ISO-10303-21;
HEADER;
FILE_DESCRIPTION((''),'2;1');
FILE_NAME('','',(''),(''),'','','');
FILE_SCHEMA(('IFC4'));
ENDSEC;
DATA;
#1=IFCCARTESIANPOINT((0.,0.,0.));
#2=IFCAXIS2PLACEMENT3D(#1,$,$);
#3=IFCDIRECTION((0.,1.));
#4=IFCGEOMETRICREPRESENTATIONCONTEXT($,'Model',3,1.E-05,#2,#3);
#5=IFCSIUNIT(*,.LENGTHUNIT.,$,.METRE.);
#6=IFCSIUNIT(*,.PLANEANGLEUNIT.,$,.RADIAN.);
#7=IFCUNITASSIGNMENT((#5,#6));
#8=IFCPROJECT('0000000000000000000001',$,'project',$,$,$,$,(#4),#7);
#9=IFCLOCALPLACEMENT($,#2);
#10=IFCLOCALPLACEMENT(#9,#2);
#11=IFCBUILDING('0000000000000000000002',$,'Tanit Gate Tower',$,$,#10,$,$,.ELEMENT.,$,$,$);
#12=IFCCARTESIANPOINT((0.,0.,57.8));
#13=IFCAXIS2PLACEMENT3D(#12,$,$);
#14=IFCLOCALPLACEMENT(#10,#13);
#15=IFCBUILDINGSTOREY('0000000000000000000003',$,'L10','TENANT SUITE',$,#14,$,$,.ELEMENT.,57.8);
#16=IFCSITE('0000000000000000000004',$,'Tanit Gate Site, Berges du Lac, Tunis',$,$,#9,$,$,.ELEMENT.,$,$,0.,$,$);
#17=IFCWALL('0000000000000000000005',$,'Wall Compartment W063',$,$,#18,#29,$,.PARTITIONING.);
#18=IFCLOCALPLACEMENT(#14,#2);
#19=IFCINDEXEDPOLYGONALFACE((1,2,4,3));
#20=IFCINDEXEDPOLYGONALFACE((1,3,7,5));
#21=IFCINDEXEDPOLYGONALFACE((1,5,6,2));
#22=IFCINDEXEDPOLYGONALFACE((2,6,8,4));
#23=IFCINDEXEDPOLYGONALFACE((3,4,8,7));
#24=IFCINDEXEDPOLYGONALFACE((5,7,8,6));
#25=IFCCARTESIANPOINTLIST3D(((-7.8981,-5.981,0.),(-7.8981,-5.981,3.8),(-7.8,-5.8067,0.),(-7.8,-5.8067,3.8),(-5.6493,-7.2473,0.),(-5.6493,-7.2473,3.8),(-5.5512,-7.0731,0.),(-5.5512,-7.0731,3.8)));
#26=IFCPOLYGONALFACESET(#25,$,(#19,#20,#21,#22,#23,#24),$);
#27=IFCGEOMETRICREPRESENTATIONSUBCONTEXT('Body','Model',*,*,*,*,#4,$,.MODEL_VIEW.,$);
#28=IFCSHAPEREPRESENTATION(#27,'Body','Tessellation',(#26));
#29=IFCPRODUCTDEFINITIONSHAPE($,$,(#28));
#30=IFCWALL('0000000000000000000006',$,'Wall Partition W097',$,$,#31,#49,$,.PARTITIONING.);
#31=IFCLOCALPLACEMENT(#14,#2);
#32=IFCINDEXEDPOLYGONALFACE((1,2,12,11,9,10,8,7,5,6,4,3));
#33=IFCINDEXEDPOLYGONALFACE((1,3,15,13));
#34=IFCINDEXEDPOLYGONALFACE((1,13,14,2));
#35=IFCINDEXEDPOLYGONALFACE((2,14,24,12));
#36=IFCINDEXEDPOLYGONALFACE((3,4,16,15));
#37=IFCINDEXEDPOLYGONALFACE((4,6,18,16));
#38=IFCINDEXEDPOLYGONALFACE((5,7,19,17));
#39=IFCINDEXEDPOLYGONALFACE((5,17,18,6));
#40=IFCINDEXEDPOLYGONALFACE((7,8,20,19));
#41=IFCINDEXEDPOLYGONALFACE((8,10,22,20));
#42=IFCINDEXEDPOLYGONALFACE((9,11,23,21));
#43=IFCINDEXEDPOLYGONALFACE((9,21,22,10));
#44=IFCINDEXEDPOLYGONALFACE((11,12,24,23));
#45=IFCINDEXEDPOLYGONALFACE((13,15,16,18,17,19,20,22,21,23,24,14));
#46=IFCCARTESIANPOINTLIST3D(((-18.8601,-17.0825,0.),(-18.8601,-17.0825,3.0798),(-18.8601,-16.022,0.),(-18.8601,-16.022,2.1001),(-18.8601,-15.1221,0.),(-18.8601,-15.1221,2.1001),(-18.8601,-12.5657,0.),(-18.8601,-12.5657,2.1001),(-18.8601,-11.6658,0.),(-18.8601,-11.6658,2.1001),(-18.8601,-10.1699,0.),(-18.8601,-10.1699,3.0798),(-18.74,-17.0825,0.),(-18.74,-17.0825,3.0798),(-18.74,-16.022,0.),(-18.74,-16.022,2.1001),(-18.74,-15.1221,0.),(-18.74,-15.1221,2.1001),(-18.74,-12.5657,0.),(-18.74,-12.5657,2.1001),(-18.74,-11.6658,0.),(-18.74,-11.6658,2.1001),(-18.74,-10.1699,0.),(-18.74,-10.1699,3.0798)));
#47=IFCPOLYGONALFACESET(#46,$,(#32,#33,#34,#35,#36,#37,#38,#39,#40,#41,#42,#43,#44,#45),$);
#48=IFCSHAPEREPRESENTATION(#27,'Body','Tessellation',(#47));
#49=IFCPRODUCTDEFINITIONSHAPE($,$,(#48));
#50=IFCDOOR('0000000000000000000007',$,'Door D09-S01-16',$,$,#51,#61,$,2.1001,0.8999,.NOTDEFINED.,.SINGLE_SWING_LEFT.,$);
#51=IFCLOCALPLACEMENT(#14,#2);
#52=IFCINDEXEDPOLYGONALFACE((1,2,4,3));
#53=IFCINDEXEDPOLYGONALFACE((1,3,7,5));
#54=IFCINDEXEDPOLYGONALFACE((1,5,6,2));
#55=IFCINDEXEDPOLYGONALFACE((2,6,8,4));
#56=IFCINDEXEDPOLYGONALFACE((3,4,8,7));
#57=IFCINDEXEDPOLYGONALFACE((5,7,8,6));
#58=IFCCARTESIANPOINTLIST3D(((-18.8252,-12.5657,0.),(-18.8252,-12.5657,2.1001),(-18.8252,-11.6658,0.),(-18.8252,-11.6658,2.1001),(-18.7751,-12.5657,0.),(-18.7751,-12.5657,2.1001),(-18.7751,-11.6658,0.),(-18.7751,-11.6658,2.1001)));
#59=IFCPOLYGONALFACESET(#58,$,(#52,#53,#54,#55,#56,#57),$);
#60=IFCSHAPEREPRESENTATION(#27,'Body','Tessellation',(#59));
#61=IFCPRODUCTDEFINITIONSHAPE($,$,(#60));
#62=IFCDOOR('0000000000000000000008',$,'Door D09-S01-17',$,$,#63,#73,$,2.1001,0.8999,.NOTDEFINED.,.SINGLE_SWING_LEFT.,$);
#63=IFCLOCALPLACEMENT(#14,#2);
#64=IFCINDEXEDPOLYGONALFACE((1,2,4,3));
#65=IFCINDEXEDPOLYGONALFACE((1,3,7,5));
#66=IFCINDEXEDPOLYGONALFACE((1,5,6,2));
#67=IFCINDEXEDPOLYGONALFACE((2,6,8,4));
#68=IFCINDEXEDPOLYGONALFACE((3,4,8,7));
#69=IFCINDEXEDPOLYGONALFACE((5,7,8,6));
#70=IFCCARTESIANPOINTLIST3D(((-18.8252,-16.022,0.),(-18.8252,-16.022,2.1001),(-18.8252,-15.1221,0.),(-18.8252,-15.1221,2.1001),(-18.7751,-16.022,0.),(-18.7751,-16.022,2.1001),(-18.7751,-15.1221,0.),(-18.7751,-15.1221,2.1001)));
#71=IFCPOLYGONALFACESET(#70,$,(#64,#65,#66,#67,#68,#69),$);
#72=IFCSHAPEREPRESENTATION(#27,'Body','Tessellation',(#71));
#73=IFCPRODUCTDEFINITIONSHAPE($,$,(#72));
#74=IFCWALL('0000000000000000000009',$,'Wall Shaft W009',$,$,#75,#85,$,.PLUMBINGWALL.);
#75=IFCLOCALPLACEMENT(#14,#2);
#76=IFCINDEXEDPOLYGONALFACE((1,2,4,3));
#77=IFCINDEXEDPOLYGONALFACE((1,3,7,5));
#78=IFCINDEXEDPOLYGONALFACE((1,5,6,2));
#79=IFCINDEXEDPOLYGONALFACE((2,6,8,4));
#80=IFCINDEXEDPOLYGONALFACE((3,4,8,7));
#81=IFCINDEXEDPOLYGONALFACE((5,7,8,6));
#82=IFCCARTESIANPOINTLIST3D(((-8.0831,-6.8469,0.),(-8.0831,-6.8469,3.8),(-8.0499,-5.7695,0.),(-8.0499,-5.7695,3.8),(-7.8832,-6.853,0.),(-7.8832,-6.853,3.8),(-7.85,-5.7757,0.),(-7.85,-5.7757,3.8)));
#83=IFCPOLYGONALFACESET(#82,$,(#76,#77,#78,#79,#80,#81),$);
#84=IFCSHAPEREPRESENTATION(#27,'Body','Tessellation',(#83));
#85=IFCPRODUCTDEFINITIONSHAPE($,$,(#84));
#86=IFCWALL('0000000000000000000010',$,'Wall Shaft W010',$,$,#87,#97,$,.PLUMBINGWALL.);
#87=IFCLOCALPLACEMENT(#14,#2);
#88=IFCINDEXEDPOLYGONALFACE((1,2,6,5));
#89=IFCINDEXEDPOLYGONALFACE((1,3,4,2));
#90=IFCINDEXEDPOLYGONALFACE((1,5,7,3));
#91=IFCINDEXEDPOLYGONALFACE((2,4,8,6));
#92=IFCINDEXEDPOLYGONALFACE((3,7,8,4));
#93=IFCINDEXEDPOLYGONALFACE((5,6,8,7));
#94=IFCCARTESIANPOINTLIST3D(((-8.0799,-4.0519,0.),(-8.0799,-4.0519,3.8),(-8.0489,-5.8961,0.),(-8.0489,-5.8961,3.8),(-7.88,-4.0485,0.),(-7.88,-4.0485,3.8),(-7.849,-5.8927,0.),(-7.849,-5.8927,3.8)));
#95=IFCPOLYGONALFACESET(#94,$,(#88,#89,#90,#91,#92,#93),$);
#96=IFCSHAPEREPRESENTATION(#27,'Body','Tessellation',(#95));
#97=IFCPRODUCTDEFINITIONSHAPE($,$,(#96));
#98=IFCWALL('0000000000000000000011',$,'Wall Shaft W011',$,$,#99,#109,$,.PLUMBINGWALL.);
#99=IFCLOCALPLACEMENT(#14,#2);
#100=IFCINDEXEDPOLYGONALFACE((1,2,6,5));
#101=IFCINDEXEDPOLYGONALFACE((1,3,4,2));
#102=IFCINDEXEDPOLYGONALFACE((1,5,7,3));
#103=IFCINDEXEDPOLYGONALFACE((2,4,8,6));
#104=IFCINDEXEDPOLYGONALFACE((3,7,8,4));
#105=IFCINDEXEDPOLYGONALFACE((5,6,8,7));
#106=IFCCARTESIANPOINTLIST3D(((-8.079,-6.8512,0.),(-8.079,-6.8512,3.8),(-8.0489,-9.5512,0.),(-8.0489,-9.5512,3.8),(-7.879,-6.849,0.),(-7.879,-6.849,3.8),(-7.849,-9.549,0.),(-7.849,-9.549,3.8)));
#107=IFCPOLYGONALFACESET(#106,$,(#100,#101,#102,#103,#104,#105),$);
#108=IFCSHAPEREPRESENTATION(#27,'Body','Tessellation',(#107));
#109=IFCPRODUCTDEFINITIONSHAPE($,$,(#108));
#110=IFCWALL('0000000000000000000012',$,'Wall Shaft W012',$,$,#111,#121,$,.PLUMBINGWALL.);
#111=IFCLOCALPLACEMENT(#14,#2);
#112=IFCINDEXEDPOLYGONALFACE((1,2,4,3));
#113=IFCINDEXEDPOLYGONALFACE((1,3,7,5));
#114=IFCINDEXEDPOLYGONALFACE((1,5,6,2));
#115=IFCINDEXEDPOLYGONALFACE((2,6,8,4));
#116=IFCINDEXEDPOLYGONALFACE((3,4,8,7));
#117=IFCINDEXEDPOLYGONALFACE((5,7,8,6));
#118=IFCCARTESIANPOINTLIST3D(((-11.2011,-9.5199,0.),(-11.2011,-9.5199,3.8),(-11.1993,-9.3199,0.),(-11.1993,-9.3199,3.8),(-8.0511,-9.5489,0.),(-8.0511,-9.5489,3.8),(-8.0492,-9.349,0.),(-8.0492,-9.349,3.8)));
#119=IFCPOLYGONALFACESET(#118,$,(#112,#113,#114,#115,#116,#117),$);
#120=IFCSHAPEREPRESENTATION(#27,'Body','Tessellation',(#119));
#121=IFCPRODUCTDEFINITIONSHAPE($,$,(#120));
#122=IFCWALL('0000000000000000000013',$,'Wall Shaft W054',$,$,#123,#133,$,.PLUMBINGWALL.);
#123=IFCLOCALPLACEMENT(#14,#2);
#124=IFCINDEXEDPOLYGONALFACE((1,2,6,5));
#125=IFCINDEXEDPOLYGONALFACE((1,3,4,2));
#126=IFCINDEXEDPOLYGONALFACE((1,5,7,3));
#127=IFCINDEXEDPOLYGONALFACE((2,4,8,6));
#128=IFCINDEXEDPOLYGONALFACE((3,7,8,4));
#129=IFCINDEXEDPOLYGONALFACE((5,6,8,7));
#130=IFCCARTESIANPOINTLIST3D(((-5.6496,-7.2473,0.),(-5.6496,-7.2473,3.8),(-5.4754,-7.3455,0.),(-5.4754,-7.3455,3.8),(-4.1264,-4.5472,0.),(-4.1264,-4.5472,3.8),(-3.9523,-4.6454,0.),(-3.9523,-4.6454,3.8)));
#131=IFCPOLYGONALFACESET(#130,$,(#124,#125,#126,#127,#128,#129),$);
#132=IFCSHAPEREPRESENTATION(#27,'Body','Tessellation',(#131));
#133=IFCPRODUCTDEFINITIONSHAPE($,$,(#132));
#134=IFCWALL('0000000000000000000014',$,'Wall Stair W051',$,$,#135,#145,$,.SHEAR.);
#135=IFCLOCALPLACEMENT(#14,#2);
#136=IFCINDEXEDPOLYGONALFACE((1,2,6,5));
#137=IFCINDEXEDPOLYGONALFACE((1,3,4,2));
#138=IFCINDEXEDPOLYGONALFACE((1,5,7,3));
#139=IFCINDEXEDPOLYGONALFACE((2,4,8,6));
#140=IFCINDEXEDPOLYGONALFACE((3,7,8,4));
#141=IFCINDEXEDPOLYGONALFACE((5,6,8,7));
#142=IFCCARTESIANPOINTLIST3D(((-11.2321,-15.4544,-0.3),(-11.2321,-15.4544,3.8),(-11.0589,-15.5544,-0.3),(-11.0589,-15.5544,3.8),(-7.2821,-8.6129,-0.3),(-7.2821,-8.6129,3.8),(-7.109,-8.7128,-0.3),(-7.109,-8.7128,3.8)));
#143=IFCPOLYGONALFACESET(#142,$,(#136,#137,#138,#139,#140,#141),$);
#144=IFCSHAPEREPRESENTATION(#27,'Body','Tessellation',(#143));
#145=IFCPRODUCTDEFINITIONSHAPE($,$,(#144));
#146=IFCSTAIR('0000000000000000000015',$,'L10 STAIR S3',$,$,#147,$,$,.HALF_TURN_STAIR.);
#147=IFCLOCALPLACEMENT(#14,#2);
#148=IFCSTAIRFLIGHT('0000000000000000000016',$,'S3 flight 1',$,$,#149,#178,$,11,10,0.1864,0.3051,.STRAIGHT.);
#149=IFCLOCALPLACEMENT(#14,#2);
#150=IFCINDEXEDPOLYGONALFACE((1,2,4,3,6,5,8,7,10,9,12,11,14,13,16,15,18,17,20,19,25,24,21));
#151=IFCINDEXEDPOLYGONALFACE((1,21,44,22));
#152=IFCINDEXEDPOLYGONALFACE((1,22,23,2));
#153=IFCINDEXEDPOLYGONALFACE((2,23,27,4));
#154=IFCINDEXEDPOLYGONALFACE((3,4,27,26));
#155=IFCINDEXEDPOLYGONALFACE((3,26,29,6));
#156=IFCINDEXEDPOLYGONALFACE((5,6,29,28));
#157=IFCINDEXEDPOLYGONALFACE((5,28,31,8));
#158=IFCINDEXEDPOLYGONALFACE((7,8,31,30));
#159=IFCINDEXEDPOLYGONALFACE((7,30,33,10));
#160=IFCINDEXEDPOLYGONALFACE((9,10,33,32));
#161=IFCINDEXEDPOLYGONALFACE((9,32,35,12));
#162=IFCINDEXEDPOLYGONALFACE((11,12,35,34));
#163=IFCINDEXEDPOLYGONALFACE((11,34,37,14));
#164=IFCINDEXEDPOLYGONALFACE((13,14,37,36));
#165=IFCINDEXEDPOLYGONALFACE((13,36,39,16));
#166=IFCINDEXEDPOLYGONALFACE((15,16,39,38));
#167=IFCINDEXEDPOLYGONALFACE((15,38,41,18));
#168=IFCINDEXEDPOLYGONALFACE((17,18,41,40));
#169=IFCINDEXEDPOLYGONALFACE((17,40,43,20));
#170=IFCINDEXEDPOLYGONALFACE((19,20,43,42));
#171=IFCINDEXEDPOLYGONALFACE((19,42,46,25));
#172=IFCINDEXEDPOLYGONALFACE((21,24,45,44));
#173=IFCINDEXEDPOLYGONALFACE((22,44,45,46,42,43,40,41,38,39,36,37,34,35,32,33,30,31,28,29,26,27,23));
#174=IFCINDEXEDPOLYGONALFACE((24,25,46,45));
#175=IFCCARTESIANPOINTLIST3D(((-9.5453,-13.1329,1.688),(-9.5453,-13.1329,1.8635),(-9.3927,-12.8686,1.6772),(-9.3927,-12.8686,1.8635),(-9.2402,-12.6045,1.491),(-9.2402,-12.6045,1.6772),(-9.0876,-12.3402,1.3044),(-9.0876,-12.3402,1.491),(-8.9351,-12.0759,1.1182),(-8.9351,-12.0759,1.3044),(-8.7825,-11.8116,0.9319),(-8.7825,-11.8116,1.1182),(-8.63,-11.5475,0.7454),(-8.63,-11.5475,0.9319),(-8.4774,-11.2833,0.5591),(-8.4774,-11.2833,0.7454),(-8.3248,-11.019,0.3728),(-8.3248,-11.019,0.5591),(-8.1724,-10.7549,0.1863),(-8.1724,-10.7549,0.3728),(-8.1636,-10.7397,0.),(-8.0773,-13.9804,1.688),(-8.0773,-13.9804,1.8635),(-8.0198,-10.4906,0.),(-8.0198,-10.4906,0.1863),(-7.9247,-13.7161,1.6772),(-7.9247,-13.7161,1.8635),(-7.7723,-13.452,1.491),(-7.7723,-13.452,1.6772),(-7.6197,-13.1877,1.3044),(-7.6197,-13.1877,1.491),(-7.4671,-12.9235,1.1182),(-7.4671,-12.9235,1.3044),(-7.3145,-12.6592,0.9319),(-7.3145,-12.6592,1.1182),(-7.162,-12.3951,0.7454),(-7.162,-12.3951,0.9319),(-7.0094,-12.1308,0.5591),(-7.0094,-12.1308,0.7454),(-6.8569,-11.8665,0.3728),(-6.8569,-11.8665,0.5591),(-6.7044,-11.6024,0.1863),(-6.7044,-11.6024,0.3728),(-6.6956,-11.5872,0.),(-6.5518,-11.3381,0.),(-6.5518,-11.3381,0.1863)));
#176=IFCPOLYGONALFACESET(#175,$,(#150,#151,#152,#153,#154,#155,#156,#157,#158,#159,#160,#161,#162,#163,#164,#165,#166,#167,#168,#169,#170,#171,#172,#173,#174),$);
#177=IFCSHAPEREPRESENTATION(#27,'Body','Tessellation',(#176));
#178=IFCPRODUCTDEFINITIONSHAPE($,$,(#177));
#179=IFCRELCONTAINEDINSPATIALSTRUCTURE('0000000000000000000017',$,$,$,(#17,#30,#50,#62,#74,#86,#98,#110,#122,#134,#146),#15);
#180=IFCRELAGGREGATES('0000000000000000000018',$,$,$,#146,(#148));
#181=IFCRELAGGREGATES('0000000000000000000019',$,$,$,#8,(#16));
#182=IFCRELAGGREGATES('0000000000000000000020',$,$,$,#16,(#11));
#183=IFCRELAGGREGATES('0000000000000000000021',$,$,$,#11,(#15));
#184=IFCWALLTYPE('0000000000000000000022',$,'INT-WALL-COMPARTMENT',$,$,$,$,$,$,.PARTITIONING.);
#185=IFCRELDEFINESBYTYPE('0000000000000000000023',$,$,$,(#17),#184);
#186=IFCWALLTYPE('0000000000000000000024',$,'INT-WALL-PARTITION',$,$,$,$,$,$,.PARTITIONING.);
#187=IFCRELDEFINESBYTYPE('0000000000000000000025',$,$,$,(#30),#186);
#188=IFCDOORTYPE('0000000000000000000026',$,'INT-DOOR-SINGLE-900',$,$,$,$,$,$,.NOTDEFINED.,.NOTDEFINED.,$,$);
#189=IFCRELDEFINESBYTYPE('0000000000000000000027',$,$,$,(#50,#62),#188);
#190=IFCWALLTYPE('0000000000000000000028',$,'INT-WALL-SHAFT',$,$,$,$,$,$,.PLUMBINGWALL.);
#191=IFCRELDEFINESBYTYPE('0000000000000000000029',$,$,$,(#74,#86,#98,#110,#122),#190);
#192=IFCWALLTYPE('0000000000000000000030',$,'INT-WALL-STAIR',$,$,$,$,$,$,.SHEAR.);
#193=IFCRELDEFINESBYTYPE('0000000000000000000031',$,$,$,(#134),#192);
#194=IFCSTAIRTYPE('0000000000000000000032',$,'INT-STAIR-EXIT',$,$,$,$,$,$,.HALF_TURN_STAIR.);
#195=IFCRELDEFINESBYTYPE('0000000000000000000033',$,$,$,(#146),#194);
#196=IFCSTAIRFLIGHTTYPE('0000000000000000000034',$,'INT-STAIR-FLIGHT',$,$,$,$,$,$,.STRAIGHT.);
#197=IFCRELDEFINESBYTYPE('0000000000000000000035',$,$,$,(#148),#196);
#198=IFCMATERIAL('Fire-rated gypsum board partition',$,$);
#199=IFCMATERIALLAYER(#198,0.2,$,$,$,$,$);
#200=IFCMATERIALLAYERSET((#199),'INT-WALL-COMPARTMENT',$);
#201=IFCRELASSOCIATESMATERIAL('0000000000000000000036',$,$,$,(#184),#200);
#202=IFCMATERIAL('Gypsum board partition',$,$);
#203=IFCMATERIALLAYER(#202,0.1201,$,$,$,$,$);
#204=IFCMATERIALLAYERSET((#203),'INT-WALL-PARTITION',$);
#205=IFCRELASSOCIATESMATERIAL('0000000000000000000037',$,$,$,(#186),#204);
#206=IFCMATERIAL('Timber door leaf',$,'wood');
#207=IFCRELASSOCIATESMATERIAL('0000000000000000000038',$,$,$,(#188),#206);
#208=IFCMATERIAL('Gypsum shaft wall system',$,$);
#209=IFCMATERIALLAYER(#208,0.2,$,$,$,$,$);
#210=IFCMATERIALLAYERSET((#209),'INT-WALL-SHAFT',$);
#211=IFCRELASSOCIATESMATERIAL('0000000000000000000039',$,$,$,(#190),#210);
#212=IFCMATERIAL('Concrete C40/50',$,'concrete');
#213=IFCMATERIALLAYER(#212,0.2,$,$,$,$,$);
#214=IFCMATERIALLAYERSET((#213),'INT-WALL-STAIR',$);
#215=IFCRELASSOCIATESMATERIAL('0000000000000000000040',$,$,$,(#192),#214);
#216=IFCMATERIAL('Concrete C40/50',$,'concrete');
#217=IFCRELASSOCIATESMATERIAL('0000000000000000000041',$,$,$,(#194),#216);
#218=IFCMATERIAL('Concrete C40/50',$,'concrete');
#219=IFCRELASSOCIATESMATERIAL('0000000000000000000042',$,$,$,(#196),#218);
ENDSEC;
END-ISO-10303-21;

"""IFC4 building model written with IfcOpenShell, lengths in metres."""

from ifc_helpers import new_model, si_unit, direction, frame, frame_2d, origin, place, context, subcontext, project, spatial, polyline, rectangle, outline, extrude, material, layer, layer_set, type_object, element, fill, aggregate, save


model = new_model("IFC4")

# Units and contexts
model_context = context("Model", 3, precision=1e-05, world=origin(), true_north=direction((0.0, 1.0)))
body_context = subcontext(model_context, "Body", "Model", "MODEL_VIEW")
ifc_project = project(units=[si_unit("LENGTHUNIT", "METRE"), si_unit("PLANEANGLEUNIT", "RADIAN")], contexts=[model_context])

# Site, building, storey
site_placement = place(None, origin())
site = spatial("IfcSite", under=ifc_project, at=site_placement, Name="Tanit Gate Site, Berges du Lac, Tunis", CompositionType="ELEMENT", RefElevation=0.0)
building_placement = place(site_placement, origin())
building = spatial("IfcBuilding", under=site, at=building_placement, Name="Tanit Gate Tower", CompositionType="ELEMENT")
storey_placement = place(building_placement, frame((0.0, 0.0, 57.8)))
storey = spatial("IfcBuildingStorey", under=building, at=storey_placement, Name="L10", Description="TENANT SUITE", CompositionType="ELEMENT", Elevation=57.8)

# Wall
ifc_material_1 = material(Name="Fire-rated gypsum board partition")
ifc_layer_1 = layer(ifc_material_1, 0.2)
ifc_layer_set_1 = layer_set([ifc_layer_1], Name="INT-WALL-COMPARTMENT")
wall_type_1 = type_object("IfcWallType", Name="INT-WALL-COMPARTMENT", PredefinedType="PARTITIONING", material=ifc_layer_set_1)
wall_1_placement = place(storey_placement, frame((-7.8491, -5.8938, 0.0), z_axis=(0.0, 0.0, 1.0), x_axis=(0.87134, -0.490679, 0.0)))
element("IfcWall", 1, at=wall_1_placement, inside=storey, type_object=wall_type_1, Name="Wall Compartment W063", PredefinedType="PARTITIONING", context=body_context, shape_type="SweptSolid", body=[
    extrude(rectangle(XDim=2.5808, YDim=0.2, at=frame_2d((1.2905, 0.0))), origin(), (0.0, 0.0, 1.0), 3.8),
])

# Wall, openings, doors
ifc_material_2 = material(Name="Gypsum board partition")
ifc_layer_2 = layer(ifc_material_2, 0.1201)
ifc_layer_set_2 = layer_set([ifc_layer_2], Name="INT-WALL-PARTITION")
wall_type_2 = type_object("IfcWallType", Name="INT-WALL-PARTITION", PredefinedType="PARTITIONING", material=ifc_layer_set_2)
wall_2_placement = place(storey_placement, frame((-18.8, -10.1699, 0.0), z_axis=(0.0, 0.0, 1.0), x_axis=(0.0, -1.0, 0.0)))
wall_2 = element("IfcWall", 2, at=wall_2_placement, inside=storey, type_object=wall_type_2, Name="Wall Partition W097", PredefinedType="PARTITIONING", context=body_context, shape_type="SweptSolid", body=[
    extrude(rectangle(XDim=6.9126, YDim=0.1201, at=frame_2d((3.4563, 0.0))), origin(), (0.0, 0.0, 1.0), 3.0798),
])
opening_1_placement = place(wall_2_placement, frame((1.4958, 0.0, 0.0)))
opening_1 = element("IfcOpeningElement", 3, at=opening_1_placement, cuts=wall_2, PredefinedType="OPENING", context=body_context, shape_type="SweptSolid", body=[
    extrude(rectangle(XDim=0.8999, YDim=2.1001, at=frame_2d((0.45, 1.05))), frame((0.0, 0.0701, 0.0), z_axis=(0.0, -1.0, 0.0), x_axis=(1.0, 0.0, 0.0)), (0.0, 0.0, 1.0), 0.1401),
])
opening_2_placement = place(wall_2_placement, frame((4.9521, 0.0, 0.0)))
opening_2 = element("IfcOpeningElement", 4, at=opening_2_placement, cuts=wall_2, PredefinedType="OPENING", context=body_context, shape_type="SweptSolid", body=[
    extrude(rectangle(XDim=0.8999, YDim=2.1001, at=frame_2d((0.45, 1.05))), frame((0.0, 0.0701, 0.0), z_axis=(0.0, -1.0, 0.0), x_axis=(1.0, 0.0, 0.0)), (0.0, 0.0, 1.0), 0.1401),
])
ifc_material_3 = material(Name="Timber door leaf", Category="wood")
door_type = type_object("IfcDoorType", Name="INT-DOOR-SINGLE-900", OperationType="NOTDEFINED", PredefinedType="NOTDEFINED", material=ifc_material_3)
door_1_placement = place(opening_1_placement, origin())
door_1 = element("IfcDoor", 5, at=door_1_placement, inside=storey, type_object=door_type, Name="Door D09-S01-16", OperationType="SINGLE_SWING_LEFT", OverallHeight=2.1001, OverallWidth=0.8999, PredefinedType="NOTDEFINED", context=body_context, shape_type="SweptSolid", body=[
    extrude(rectangle(XDim=0.8999, YDim=2.1001, at=frame_2d((0.45, 1.05))), frame((0.0, 0.0249, 0.0), z_axis=(0.0, -1.0, 0.0), x_axis=(1.0, 0.0, 0.0)), (0.0, 0.0, 1.0), 0.05),
])
fill(opening_1, door_1)
door_2_placement = place(opening_2_placement, origin())
door_2 = element("IfcDoor", 6, at=door_2_placement, inside=storey, type_object=door_type, Name="Door D09-S01-17", OperationType="SINGLE_SWING_LEFT", OverallHeight=2.1001, OverallWidth=0.8999, PredefinedType="NOTDEFINED", context=body_context, shape_type="SweptSolid", body=[
    extrude(rectangle(XDim=0.8999, YDim=2.1001, at=frame_2d((0.45, 1.05))), frame((0.0, 0.0249, 0.0), z_axis=(0.0, -1.0, 0.0), x_axis=(1.0, 0.0, 0.0)), (0.0, 0.0, 1.0), 0.05),
])
fill(opening_2, door_2)

# Walls
ifc_material_4 = material(Name="Gypsum shaft wall system")
ifc_layer_3 = layer(ifc_material_4, 0.2)
ifc_layer_set_3 = layer_set([ifc_layer_3], Name="INT-WALL-SHAFT")
wall_type_3 = type_object("IfcWallType", Name="INT-WALL-SHAFT", PredefinedType="PLUMBINGWALL", material=ifc_layer_set_3)
wall_3_placement = place(storey_placement, frame((-7.95, -5.7725, 0.0), z_axis=(0.0, 0.0, 1.0), x_axis=(-0.030803, -0.999525, 0.0)))
element("IfcWall", 7, at=wall_3_placement, inside=storey, type_object=wall_type_3, Name="Wall Shaft W009", PredefinedType="PLUMBINGWALL", context=body_context, shape_type="SweptSolid", body=[
    extrude(rectangle(XDim=1.0779, YDim=0.2, at=frame_2d((0.5391, 0.0))), origin(), (0.0, 0.0, 1.0), 3.8),
])
wall_4_placement = place(storey_placement, frame((-7.98, -4.05, 0.0), z_axis=(0.0, 0.0, 1.0), x_axis=(0.01681, -0.999859, 0.0)))
element("IfcWall", 8, at=wall_4_placement, inside=storey, type_object=wall_type_3, Name="Wall Shaft W010", PredefinedType="PLUMBINGWALL", context=body_context, shape_type="SweptSolid", body=[
    extrude(rectangle(XDim=1.8445, YDim=0.2, at=frame_2d((0.9224, 0.0))), origin(), (0.0, 0.0, 1.0), 3.8),
])
wall_5_placement = place(storey_placement, frame((-7.979, -6.8501, 0.0), z_axis=(0.0, 0.0, 1.0), x_axis=(0.011121, -0.999938, 0.0)))
element("IfcWall", 9, at=wall_5_placement, inside=storey, type_object=wall_type_3, Name="Wall Shaft W011", PredefinedType="PLUMBINGWALL", context=body_context, shape_type="SweptSolid", body=[
    extrude(rectangle(XDim=2.7002, YDim=0.2, at=frame_2d((1.3501, 0.0))), origin(), (0.0, 0.0, 1.0), 3.8),
])
wall_6_placement = place(storey_placement, frame((-8.05, -9.449, 0.0), z_axis=(0.0, 0.0, 1.0), x_axis=(-0.999957, 0.009223, 0.0)))
element("IfcWall", 10, at=wall_6_placement, inside=storey, type_object=wall_type_3, Name="Wall Shaft W012", PredefinedType="PLUMBINGWALL", context=body_context, shape_type="SweptSolid", body=[
    extrude(rectangle(XDim=3.1501, YDim=0.2, at=frame_2d((1.5752, 0.0))), origin(), (0.0, 0.0, 1.0), 3.8),
])
wall_7_placement = place(storey_placement, frame((-5.5625, -7.2964, 0.0), z_axis=(0.0, 0.0, 1.0), x_axis=(0.491323, 0.870978, 0.0)))
element("IfcWall", 11, at=wall_7_placement, inside=storey, type_object=wall_type_3, Name="Wall Shaft W054", PredefinedType="PLUMBINGWALL", context=body_context, shape_type="SweptSolid", body=[
    extrude(rectangle(XDim=3.1001, YDim=0.2, at=frame_2d((1.55, 0.0))), origin(), (0.0, 0.0, 1.0), 3.8),
])
ifc_material_5 = material(Name="Concrete C40/50", Category="concrete")
ifc_layer_4 = layer(ifc_material_5, 0.2)
ifc_layer_set_4 = layer_set([ifc_layer_4], Name="INT-WALL-STAIR")
wall_type_4 = type_object("IfcWallType", Name="INT-WALL-STAIR", PredefinedType="SHEAR", material=ifc_layer_set_4)
wall_8_placement = place(storey_placement, frame((-7.1956, -8.6628, -0.3), z_axis=(0.0, 0.0, 1.0), x_axis=(-0.499998, -0.866027, 0.0)))
element("IfcWall", 12, at=wall_8_placement, inside=storey, type_object=wall_type_4, Name="Wall Stair W051", PredefinedType="SHEAR", context=body_context, shape_type="SweptSolid", body=[
    extrude(rectangle(XDim=7.8999, YDim=0.2, at=frame_2d((3.95, 0.0))), origin(), (0.0, 0.0, 1.0), 4.1001),
])

# Stair, stair flight
ifc_material_6 = material(Name="Concrete C40/50", Category="concrete")
stair_type = type_object("IfcStairType", Name="INT-STAIR-EXIT", PredefinedType="HALF_TURN_STAIR", material=ifc_material_6)
stair_placement = place(storey_placement, origin())
stair = element("IfcStair", 13, at=stair_placement, inside=storey, type_object=stair_type, Name="L10 STAIR S3", PredefinedType="HALF_TURN_STAIR")
ifc_material_7 = material(Name="Concrete C40/50", Category="concrete")
stair_flight_type = type_object("IfcStairFlightType", Name="INT-STAIR-FLIGHT", PredefinedType="STRAIGHT", material=ifc_material_7)
stair_flight_placement = place(storey_placement, frame((-7.2859, -10.9143, 0.0), z_axis=(0.0, 0.0, 1.0), x_axis=(-0.5, -0.866025, 0.0)))
stair_flight = element("IfcStairFlight", 14, at=stair_flight_placement, type_object=stair_flight_type, Name="S3 flight 1", NumberOfRisers=11, NumberOfTreads=10, PredefinedType="STRAIGHT", RiserHeight=0.1864, TreadLength=0.3051, context=body_context, shape_type="SweptSolid", body=[
    extrude(outline(polyline([(0.0, 0.0), (0.0, 0.1863), (0.3052, 0.1863), (0.3052, 0.3728), (0.6101, 0.3728), (0.6101, 0.5591), (0.9153, 0.5591), (0.9153, 0.7454), (1.2205, 0.7454), (1.2205, 0.9319), (1.5254, 0.9319), (1.5254, 1.1182), (1.8306, 1.1182), (1.8306, 1.3044), (2.1357, 1.3044), (2.1357, 1.491), (2.4409, 1.491), (2.4409, 1.6772), (2.7458, 1.6772), (2.7458, 1.8635), (3.051, 1.8635), (3.051, 2.05), (3.051, 1.688), (0.2876, 0.0), (0.0, 0.0)])), frame((0.0, 0.8477, 0.0), z_axis=(0.0, -1.0, 0.0), x_axis=(1.0, 0.0, 0.0)), (0.0, 0.0, 1.0), 1.6951),
])
aggregate(stair, [stair_flight])

save(model, "model.ifc")
